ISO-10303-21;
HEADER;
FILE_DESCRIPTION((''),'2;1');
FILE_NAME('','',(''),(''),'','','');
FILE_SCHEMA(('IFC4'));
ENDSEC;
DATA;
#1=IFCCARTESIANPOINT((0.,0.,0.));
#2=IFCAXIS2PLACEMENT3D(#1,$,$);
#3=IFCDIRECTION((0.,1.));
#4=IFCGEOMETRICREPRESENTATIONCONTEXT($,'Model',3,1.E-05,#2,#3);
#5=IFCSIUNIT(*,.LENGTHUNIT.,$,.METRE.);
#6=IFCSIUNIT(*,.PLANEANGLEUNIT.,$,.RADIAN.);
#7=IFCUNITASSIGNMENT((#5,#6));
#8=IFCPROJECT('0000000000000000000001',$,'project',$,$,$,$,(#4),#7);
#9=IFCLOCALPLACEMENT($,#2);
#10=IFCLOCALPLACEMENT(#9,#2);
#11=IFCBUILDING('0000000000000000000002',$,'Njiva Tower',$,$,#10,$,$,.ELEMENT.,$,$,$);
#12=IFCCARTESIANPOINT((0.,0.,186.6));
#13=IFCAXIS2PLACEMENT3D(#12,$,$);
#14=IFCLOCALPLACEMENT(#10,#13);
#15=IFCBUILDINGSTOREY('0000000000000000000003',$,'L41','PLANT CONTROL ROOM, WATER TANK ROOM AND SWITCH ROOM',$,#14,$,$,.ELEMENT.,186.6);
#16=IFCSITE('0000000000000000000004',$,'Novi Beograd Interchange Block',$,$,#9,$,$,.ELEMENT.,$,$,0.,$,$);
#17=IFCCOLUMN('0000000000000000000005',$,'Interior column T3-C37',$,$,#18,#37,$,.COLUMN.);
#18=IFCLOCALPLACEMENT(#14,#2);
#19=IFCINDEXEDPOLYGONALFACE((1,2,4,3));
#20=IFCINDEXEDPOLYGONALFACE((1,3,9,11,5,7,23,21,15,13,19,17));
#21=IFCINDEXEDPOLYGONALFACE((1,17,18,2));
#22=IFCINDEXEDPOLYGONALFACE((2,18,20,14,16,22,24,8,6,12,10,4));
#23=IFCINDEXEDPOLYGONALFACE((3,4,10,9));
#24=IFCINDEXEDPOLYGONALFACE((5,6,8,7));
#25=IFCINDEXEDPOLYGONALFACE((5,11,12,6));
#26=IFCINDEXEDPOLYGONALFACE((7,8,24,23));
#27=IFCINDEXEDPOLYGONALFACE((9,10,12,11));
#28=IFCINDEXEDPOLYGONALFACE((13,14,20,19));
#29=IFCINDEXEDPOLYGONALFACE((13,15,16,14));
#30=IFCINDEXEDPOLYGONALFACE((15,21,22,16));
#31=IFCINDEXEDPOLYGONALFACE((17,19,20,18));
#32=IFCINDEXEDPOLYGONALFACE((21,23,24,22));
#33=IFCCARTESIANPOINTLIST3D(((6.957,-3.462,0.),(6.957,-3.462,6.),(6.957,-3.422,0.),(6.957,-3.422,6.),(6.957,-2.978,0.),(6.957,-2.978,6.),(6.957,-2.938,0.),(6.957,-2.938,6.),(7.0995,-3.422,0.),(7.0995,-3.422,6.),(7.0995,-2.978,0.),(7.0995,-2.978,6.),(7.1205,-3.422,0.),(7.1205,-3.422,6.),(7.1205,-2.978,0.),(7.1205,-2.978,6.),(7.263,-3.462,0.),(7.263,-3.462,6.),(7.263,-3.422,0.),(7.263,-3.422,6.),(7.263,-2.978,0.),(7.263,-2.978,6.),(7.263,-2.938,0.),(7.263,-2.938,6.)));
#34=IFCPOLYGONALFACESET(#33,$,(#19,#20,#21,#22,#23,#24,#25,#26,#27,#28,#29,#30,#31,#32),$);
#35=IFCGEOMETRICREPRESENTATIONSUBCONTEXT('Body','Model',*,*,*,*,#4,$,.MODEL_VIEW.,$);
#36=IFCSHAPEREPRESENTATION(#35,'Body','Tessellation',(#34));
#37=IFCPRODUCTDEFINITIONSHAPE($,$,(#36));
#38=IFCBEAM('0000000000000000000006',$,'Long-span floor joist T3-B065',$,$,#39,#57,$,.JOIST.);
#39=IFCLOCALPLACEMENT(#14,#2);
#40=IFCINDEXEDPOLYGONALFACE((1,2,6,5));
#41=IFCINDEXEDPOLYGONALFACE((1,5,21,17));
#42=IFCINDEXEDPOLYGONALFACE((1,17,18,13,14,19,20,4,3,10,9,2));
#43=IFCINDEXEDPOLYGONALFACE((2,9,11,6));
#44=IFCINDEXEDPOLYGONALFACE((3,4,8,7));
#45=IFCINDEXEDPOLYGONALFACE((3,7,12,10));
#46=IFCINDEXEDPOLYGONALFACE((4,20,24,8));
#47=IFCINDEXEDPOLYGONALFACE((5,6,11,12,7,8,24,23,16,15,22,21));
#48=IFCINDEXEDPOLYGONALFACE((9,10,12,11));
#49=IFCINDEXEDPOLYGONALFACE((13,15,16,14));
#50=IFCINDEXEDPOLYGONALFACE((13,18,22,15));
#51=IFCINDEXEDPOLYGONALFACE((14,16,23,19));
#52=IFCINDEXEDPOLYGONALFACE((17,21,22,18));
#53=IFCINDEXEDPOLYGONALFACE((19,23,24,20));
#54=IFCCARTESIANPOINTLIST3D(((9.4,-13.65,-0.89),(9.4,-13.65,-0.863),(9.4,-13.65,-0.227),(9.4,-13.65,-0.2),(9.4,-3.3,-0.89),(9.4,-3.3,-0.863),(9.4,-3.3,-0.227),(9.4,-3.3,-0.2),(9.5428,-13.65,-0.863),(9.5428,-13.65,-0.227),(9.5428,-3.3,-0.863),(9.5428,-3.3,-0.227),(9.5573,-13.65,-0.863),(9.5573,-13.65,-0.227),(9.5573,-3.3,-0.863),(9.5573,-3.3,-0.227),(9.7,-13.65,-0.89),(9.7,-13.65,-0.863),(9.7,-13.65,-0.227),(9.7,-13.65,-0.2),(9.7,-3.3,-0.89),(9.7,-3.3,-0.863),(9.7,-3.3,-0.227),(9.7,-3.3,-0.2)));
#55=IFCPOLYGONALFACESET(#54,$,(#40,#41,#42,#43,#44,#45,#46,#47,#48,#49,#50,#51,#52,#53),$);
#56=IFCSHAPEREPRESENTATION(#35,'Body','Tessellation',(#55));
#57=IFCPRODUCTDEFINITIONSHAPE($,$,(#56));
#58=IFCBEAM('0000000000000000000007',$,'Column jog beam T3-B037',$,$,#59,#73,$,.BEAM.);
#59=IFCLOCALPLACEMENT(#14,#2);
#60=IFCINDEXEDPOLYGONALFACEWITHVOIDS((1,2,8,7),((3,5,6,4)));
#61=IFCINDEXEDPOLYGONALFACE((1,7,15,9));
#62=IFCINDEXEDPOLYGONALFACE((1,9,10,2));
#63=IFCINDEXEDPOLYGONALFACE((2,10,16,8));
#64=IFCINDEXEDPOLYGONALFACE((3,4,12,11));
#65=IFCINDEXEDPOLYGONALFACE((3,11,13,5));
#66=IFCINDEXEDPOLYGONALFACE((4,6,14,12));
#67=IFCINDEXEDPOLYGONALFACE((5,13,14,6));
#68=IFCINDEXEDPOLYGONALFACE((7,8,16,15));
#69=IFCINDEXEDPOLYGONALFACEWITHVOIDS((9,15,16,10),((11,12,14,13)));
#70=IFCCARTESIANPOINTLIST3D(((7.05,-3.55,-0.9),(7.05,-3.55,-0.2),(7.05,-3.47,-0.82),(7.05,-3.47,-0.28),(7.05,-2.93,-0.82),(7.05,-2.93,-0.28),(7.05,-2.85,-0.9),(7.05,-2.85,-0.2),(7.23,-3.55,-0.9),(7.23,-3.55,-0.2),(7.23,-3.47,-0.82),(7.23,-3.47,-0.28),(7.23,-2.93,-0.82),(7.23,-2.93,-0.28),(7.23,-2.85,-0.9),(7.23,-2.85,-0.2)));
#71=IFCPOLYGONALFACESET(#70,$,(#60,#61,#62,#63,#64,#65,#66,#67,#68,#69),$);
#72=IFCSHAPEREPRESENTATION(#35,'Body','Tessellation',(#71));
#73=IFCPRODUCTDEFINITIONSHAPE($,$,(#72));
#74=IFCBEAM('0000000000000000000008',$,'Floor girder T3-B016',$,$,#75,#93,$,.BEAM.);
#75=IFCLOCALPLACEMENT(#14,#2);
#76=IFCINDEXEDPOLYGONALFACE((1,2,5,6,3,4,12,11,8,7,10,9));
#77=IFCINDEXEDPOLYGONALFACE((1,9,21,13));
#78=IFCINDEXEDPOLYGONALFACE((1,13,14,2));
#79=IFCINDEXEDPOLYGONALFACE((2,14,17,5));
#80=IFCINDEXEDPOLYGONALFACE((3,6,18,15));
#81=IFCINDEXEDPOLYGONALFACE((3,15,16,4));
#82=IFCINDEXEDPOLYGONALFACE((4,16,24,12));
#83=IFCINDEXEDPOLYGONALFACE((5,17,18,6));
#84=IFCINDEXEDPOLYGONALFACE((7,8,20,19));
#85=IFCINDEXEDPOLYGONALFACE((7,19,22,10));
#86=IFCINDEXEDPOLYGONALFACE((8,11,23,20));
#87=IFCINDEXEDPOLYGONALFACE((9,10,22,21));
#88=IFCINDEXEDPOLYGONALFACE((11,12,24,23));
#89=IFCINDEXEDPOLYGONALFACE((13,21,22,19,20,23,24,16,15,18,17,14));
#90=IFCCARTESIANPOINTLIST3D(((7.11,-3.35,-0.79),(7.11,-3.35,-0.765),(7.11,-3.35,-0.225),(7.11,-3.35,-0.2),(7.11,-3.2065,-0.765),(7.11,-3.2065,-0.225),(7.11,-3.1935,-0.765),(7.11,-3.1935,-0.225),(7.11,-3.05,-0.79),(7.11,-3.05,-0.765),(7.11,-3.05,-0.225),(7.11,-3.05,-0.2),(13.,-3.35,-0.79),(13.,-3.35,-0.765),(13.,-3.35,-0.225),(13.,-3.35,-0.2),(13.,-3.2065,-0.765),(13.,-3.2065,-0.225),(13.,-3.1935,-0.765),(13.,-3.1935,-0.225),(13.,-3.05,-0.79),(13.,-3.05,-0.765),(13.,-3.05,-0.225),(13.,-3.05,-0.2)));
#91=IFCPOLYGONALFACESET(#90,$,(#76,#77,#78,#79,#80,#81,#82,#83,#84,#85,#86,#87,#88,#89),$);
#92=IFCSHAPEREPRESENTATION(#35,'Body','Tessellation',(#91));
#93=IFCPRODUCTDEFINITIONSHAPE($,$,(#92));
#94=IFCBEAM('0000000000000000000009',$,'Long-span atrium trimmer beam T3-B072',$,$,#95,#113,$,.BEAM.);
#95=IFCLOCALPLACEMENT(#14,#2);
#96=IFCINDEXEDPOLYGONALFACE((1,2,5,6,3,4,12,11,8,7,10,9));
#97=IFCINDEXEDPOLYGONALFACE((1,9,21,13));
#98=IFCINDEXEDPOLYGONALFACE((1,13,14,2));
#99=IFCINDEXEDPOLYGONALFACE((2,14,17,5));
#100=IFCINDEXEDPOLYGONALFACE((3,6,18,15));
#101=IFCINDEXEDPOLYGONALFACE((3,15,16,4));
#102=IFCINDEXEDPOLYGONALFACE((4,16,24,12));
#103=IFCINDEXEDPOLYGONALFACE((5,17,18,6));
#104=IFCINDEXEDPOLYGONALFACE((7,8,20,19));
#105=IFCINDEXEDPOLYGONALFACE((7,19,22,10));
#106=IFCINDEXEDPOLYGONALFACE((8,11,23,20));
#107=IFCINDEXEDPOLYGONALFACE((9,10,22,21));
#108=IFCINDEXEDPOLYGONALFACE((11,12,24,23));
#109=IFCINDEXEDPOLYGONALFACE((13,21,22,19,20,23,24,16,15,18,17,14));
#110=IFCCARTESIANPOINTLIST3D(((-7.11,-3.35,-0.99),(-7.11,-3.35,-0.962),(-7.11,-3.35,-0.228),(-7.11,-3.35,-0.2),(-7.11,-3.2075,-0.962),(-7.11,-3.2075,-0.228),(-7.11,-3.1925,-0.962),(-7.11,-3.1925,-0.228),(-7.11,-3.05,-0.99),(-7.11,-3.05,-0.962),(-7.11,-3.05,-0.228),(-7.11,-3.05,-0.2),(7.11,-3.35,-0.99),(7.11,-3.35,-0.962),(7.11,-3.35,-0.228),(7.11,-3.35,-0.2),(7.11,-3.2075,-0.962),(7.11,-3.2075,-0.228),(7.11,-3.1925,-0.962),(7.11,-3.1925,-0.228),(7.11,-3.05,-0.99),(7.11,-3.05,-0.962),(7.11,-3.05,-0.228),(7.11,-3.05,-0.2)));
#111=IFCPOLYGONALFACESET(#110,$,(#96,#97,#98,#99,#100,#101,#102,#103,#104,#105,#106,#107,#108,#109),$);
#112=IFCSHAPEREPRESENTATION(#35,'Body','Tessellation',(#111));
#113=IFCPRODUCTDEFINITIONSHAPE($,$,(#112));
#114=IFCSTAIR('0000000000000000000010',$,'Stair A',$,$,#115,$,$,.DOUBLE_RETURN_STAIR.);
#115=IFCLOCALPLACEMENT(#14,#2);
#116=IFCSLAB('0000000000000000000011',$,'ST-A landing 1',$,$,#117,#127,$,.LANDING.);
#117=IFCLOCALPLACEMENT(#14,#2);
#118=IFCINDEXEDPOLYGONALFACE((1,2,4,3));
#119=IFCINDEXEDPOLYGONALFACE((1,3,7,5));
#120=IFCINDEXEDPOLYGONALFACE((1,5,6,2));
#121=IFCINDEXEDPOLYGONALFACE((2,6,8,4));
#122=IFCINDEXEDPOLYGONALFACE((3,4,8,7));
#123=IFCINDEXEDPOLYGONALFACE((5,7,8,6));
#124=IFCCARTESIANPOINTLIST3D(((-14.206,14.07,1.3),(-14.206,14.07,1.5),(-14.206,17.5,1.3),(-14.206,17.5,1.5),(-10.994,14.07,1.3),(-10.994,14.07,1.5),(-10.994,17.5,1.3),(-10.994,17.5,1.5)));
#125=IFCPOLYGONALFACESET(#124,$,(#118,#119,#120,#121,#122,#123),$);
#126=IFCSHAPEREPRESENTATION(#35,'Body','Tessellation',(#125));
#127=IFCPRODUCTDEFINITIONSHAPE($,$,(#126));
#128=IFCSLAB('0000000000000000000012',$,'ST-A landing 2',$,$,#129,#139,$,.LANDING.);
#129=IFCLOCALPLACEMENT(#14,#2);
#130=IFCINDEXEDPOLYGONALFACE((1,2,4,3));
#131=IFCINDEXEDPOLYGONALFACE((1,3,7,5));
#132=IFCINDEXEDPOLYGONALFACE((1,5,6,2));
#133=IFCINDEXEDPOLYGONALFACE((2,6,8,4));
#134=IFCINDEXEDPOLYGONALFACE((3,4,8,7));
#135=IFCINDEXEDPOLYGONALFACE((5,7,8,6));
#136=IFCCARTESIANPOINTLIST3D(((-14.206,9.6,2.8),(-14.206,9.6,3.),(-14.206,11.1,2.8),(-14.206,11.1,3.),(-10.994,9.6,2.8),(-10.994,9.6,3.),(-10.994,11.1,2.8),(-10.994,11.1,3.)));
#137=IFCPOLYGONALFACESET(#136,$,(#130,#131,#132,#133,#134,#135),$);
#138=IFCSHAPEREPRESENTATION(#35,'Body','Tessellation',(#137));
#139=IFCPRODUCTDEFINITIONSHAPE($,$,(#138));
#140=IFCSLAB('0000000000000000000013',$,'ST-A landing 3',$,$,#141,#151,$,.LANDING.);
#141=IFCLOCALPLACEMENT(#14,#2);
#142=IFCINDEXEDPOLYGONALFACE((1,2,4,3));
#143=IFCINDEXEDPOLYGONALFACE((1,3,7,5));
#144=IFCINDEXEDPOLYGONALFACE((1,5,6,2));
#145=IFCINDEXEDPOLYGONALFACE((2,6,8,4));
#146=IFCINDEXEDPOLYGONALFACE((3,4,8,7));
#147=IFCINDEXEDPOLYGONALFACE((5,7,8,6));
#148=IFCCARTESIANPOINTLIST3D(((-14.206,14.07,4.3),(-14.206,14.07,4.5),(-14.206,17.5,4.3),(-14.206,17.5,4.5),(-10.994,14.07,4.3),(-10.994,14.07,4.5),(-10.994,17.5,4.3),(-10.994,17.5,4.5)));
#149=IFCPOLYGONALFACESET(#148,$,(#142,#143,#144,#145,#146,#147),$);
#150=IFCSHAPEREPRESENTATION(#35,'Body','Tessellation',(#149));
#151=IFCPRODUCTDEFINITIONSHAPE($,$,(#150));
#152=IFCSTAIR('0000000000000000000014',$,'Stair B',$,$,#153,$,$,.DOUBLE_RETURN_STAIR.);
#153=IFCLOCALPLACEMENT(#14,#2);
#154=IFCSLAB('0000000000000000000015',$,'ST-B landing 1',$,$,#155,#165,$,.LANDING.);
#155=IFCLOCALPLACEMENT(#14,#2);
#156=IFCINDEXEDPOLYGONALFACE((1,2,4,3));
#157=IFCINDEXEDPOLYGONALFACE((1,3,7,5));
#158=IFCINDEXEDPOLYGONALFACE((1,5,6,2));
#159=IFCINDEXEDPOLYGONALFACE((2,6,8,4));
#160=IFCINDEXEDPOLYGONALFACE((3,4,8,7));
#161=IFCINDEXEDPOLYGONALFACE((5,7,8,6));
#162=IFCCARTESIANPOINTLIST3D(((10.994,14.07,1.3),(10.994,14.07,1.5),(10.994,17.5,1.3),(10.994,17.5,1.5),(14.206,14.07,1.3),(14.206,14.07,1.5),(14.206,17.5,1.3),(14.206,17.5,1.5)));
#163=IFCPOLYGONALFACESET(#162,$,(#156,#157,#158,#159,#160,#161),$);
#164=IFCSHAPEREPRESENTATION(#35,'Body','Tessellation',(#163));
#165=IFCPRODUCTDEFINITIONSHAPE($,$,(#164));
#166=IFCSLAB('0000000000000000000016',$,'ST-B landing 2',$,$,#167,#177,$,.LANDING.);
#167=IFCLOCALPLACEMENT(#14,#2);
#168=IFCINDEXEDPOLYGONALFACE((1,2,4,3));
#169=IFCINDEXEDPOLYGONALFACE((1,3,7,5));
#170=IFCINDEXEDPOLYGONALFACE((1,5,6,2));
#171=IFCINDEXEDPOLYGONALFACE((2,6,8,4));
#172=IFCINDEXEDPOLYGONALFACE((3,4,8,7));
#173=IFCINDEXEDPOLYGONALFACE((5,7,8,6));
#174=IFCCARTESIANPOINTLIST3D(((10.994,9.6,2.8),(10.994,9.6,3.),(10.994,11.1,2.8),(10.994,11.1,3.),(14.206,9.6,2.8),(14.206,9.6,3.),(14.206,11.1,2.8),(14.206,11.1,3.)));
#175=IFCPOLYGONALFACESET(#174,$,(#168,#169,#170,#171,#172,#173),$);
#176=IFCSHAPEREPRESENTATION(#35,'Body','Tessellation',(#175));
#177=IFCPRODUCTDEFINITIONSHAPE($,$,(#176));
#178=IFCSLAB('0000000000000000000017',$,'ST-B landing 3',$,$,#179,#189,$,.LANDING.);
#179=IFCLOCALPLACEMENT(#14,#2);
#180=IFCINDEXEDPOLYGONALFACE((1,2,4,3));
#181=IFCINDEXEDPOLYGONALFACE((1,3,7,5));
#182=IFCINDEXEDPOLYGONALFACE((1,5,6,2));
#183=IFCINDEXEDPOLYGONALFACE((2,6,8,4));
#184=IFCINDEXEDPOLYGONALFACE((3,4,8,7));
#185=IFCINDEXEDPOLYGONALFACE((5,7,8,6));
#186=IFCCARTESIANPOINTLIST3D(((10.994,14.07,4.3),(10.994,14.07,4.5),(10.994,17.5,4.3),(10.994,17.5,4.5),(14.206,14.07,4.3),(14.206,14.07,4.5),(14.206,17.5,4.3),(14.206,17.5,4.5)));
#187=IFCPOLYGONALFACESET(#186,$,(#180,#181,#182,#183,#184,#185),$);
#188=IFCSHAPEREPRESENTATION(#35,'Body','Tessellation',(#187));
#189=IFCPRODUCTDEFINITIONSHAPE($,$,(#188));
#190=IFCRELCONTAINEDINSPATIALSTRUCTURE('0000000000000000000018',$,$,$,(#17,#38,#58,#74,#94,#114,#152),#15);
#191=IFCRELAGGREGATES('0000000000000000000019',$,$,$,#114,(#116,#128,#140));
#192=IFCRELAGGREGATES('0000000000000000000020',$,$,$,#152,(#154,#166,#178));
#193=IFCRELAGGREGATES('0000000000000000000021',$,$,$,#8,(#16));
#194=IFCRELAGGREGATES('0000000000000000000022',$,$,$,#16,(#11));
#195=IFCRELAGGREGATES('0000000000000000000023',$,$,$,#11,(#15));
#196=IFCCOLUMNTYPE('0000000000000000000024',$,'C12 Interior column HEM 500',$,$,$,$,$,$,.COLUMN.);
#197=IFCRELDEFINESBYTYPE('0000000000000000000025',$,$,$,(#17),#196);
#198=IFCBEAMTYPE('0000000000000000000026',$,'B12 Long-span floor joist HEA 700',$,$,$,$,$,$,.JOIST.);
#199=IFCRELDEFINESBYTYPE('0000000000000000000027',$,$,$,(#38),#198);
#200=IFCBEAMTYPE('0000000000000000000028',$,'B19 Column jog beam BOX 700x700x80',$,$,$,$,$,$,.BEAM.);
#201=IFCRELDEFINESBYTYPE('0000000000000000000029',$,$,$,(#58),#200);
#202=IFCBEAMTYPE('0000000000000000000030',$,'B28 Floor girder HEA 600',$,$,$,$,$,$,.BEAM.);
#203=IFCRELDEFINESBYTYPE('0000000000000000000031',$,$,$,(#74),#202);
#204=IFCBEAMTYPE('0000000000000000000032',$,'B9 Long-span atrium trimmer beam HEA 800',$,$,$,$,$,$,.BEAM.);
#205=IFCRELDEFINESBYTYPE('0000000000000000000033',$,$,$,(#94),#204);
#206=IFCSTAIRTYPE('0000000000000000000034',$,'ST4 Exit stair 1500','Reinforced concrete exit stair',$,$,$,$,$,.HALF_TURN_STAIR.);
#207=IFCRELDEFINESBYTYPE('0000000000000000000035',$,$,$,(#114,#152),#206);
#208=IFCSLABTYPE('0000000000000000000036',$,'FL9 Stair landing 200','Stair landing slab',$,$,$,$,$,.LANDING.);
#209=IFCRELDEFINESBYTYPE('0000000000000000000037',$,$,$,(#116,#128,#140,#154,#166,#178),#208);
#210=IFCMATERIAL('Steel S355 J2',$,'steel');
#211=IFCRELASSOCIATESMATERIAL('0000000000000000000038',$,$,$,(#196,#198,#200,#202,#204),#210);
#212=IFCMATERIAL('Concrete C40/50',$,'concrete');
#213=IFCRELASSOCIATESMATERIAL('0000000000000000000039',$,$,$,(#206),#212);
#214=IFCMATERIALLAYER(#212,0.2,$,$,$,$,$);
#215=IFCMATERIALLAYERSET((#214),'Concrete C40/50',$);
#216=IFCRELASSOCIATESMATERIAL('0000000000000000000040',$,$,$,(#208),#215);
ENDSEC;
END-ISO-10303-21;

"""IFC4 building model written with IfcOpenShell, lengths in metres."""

from ifc_helpers import new_model, si_unit, direction, frame, origin, origin_2d, place, context, subcontext, project, spatial, polyline, hollow_rectangle, i_section, outline, extrude, material, layer, layer_set, material_profile, profile_set, type_object, element, aggregate, save


model = new_model("IFC4")

# Units and contexts
model_context = context("Model", 3, precision=1e-05, world=origin(), true_north=direction((0.0, 1.0)))
body_context = subcontext(model_context, "Body", "Model", "MODEL_VIEW")
ifc_project = project(units=[si_unit("LENGTHUNIT", "METRE"), si_unit("PLANEANGLEUNIT", "RADIAN")], contexts=[model_context])

# Site, building, storey
site_placement = place(None, origin())
site = spatial("IfcSite", under=ifc_project, at=site_placement, Name="Novi Beograd Interchange Block", CompositionType="ELEMENT", RefElevation=0.0)
building_placement = place(site_placement, origin())
building = spatial("IfcBuilding", under=site, at=building_placement, Name="Njiva Tower", CompositionType="ELEMENT")
storey_placement = place(building_placement, frame((0.0, 0.0, 186.6)))
storey = spatial("IfcBuildingStorey", under=building, at=storey_placement, Name="L41", Description="PLANT CONTROL ROOM, WATER TANK ROOM AND SWITCH ROOM", CompositionType="ELEMENT", Elevation=186.6)

# Column
ifc_material_1 = material(Name="Steel S355 J2", Category="steel")
ifc_material_profile_1 = material_profile(ifc_material_1, i_section(OverallWidth=0.306, OverallDepth=0.524, WebThickness=0.021, FlangeThickness=0.04, at=origin_2d()), Name="HEM 500")
ifc_profile_set_1 = profile_set([ifc_material_profile_1], Name="Steel S355 J2")
column_type = type_object("IfcColumnType", Name="C12 Interior column HEM 500", PredefinedType="COLUMN", material=ifc_profile_set_1)
column_placement = place(storey_placement, frame((7.11, -3.2, 0.0), z_axis=(0.0, 0.0, 1.0), x_axis=(1.0, 0.0, 0.0)))
element("IfcColumn", 1, at=column_placement, inside=storey, type_object=column_type, Name="Interior column T3-C37", PredefinedType="COLUMN", context=body_context, shape_type="SweptSolid", body=[
    extrude(i_section(OverallWidth=0.306, OverallDepth=0.524, WebThickness=0.021, FlangeThickness=0.04, at=origin_2d()), origin(), (0.0, 0.0, 1.0), 6.0),
])

# Beams
ifc_material_profile_2 = material_profile(ifc_material_1, i_section(OverallWidth=0.3, OverallDepth=0.69, WebThickness=0.0145, FlangeThickness=0.027, at=origin_2d()), Name="HEA 700")
ifc_profile_set_2 = profile_set([ifc_material_profile_2], Name="Steel S355 J2")
beam_type_1 = type_object("IfcBeamType", Name="B12 Long-span floor joist HEA 700", PredefinedType="JOIST", material=ifc_profile_set_2)
beam_1_placement = place(storey_placement, frame((9.55, -3.3, -0.545), z_axis=(0.0, -1.0, 0.0), x_axis=(1.0, 0.0, 0.0)))
element("IfcBeam", 2, at=beam_1_placement, inside=storey, type_object=beam_type_1, Name="Long-span floor joist T3-B065", PredefinedType="JOIST", context=body_context, shape_type="SweptSolid", body=[
    extrude(i_section(OverallWidth=0.3, OverallDepth=0.69, WebThickness=0.0145, FlangeThickness=0.027, at=origin_2d()), origin(), (0.0, 0.0, 1.0), 10.35),
])
ifc_material_profile_3 = material_profile(ifc_material_1, hollow_rectangle(XDim=0.7, YDim=0.7, WallThickness=0.08, at=origin_2d()), Name="BOX 700x700x80")
ifc_profile_set_3 = profile_set([ifc_material_profile_3], Name="Steel S355 J2")
beam_type_2 = type_object("IfcBeamType", Name="B19 Column jog beam BOX 700x700x80", PredefinedType="BEAM", material=ifc_profile_set_3)
beam_2_placement = place(storey_placement, frame((7.23, -3.2, -0.55), z_axis=(-1.0, 0.0, 0.0), x_axis=(0.0, -1.0, 0.0)))
element("IfcBeam", 3, at=beam_2_placement, inside=storey, type_object=beam_type_2, Name="Column jog beam T3-B037", PredefinedType="BEAM", context=body_context, shape_type="SweptSolid", body=[
    extrude(hollow_rectangle(XDim=0.7, YDim=0.7, WallThickness=0.08, at=origin_2d()), origin(), (0.0, 0.0, 1.0), 0.18),
])
ifc_material_profile_4 = material_profile(ifc_material_1, i_section(OverallWidth=0.3, OverallDepth=0.59, WebThickness=0.013, FlangeThickness=0.025, at=origin_2d()), Name="HEA 600")
ifc_profile_set_4 = profile_set([ifc_material_profile_4], Name="Steel S355 J2")
beam_type_3 = type_object("IfcBeamType", Name="B28 Floor girder HEA 600", PredefinedType="BEAM", material=ifc_profile_set_4)
beam_3_placement = place(storey_placement, frame((7.11, -3.2, -0.495), z_axis=(1.0, 0.0, 0.0), x_axis=(0.0, 1.0, 0.0)))
element("IfcBeam", 4, at=beam_3_placement, inside=storey, type_object=beam_type_3, Name="Floor girder T3-B016", PredefinedType="BEAM", context=body_context, shape_type="SweptSolid", body=[
    extrude(i_section(OverallWidth=0.3, OverallDepth=0.59, WebThickness=0.013, FlangeThickness=0.025, at=origin_2d()), origin(), (0.0, 0.0, 1.0), 5.89),
])
ifc_material_profile_5 = material_profile(ifc_material_1, i_section(OverallWidth=0.3, OverallDepth=0.79, WebThickness=0.015, FlangeThickness=0.028, at=origin_2d()), Name="HEA 800")
ifc_profile_set_5 = profile_set([ifc_material_profile_5], Name="Steel S355 J2")
beam_type_4 = type_object("IfcBeamType", Name="B9 Long-span atrium trimmer beam HEA 800", PredefinedType="BEAM", material=ifc_profile_set_5)
beam_4_placement = place(storey_placement, frame((7.11, -3.2, -0.595), z_axis=(-1.0, 0.0, 0.0), x_axis=(0.0, -1.0, 0.0)))
element("IfcBeam", 5, at=beam_4_placement, inside=storey, type_object=beam_type_4, Name="Long-span atrium trimmer beam T3-B072", PredefinedType="BEAM", context=body_context, shape_type="SweptSolid", body=[
    extrude(i_section(OverallWidth=0.3, OverallDepth=0.79, WebThickness=0.015, FlangeThickness=0.028, at=origin_2d()), origin(), (0.0, 0.0, 1.0), 14.22),
])

# Stairs, slabs
ifc_material_2 = material(Name="Concrete C40/50", Category="concrete")
stair_type_1 = type_object("IfcStairType", Name="ST4 Exit stair 1500", Description="Reinforced concrete exit stair", PredefinedType="HALF_TURN_STAIR", material=ifc_material_2)
stair_1_placement = place(storey_placement, origin())
stair_1 = element("IfcStair", 6, at=stair_1_placement, inside=storey, type_object=stair_type_1, Name="Stair A", PredefinedType="DOUBLE_RETURN_STAIR")
ifc_layer_1 = layer(ifc_material_2, 0.2)
ifc_layer_set_1 = layer_set([ifc_layer_1], Name="Concrete C40/50")
slab_type_1 = type_object("IfcSlabType", Name="FL9 Stair landing 200", Description="Stair landing slab", PredefinedType="LANDING", material=ifc_layer_set_1)
slab_1_placement = place(storey_placement, frame((0.0, 0.0, 1.3)))
slab_1 = element("IfcSlab", 7, at=slab_1_placement, type_object=slab_type_1, Name="ST-A landing 1", PredefinedType="LANDING", context=body_context, shape_type="SweptSolid", body=[
    extrude(outline(polyline([(-14.206, 14.07), (-10.994, 14.07), (-10.994, 17.5), (-14.206, 17.5), (-14.206, 14.07)])), origin(), (0.0, 0.0, 1.0), 0.2),
])
slab_2_placement = place(storey_placement, frame((0.0, 0.0, 2.8)))
slab_2 = element("IfcSlab", 8, at=slab_2_placement, type_object=slab_type_1, Name="ST-A landing 2", PredefinedType="LANDING", context=body_context, shape_type="SweptSolid", body=[
    extrude(outline(polyline([(-14.206, 9.6), (-10.994, 9.6), (-10.994, 11.1), (-14.206, 11.1), (-14.206, 9.6)])), origin(), (0.0, 0.0, 1.0), 0.2),
])
slab_3_placement = place(storey_placement, frame((0.0, 0.0, 4.3)))
slab_3 = element("IfcSlab", 9, at=slab_3_placement, type_object=slab_type_1, Name="ST-A landing 3", PredefinedType="LANDING", context=body_context, shape_type="SweptSolid", body=[
    extrude(outline(polyline([(-14.206, 14.07), (-10.994, 14.07), (-10.994, 17.5), (-14.206, 17.5), (-14.206, 14.07)])), origin(), (0.0, 0.0, 1.0), 0.2),
])
aggregate(stair_1, [slab_1, slab_2, slab_3])
stair_2_placement = place(storey_placement, origin())
stair_2 = element("IfcStair", 10, at=stair_2_placement, inside=storey, type_object=stair_type_1, Name="Stair B", PredefinedType="DOUBLE_RETURN_STAIR")
slab_4_placement = place(storey_placement, frame((0.0, 0.0, 1.3)))
slab_4 = element("IfcSlab", 11, at=slab_4_placement, type_object=slab_type_1, Name="ST-B landing 1", PredefinedType="LANDING", context=body_context, shape_type="SweptSolid", body=[
    extrude(outline(polyline([(10.994, 14.07), (14.206, 14.07), (14.206, 17.5), (10.994, 17.5), (10.994, 14.07)])), origin(), (0.0, 0.0, 1.0), 0.2),
])
slab_5_placement = place(storey_placement, frame((0.0, 0.0, 2.8)))
slab_5 = element("IfcSlab", 12, at=slab_5_placement, type_object=slab_type_1, Name="ST-B landing 2", PredefinedType="LANDING", context=body_context, shape_type="SweptSolid", body=[
    extrude(outline(polyline([(10.994, 9.6), (14.206, 9.6), (14.206, 11.1), (10.994, 11.1), (10.994, 9.6)])), origin(), (0.0, 0.0, 1.0), 0.2),
])
slab_6_placement = place(storey_placement, frame((0.0, 0.0, 4.3)))
slab_6 = element("IfcSlab", 13, at=slab_6_placement, type_object=slab_type_1, Name="ST-B landing 3", PredefinedType="LANDING", context=body_context, shape_type="SweptSolid", body=[
    extrude(outline(polyline([(10.994, 14.07), (14.206, 14.07), (14.206, 17.5), (10.994, 17.5), (10.994, 14.07)])), origin(), (0.0, 0.0, 1.0), 0.2),
])
aggregate(stair_2, [slab_4, slab_5, slab_6])

save(model, "model.ifc")
